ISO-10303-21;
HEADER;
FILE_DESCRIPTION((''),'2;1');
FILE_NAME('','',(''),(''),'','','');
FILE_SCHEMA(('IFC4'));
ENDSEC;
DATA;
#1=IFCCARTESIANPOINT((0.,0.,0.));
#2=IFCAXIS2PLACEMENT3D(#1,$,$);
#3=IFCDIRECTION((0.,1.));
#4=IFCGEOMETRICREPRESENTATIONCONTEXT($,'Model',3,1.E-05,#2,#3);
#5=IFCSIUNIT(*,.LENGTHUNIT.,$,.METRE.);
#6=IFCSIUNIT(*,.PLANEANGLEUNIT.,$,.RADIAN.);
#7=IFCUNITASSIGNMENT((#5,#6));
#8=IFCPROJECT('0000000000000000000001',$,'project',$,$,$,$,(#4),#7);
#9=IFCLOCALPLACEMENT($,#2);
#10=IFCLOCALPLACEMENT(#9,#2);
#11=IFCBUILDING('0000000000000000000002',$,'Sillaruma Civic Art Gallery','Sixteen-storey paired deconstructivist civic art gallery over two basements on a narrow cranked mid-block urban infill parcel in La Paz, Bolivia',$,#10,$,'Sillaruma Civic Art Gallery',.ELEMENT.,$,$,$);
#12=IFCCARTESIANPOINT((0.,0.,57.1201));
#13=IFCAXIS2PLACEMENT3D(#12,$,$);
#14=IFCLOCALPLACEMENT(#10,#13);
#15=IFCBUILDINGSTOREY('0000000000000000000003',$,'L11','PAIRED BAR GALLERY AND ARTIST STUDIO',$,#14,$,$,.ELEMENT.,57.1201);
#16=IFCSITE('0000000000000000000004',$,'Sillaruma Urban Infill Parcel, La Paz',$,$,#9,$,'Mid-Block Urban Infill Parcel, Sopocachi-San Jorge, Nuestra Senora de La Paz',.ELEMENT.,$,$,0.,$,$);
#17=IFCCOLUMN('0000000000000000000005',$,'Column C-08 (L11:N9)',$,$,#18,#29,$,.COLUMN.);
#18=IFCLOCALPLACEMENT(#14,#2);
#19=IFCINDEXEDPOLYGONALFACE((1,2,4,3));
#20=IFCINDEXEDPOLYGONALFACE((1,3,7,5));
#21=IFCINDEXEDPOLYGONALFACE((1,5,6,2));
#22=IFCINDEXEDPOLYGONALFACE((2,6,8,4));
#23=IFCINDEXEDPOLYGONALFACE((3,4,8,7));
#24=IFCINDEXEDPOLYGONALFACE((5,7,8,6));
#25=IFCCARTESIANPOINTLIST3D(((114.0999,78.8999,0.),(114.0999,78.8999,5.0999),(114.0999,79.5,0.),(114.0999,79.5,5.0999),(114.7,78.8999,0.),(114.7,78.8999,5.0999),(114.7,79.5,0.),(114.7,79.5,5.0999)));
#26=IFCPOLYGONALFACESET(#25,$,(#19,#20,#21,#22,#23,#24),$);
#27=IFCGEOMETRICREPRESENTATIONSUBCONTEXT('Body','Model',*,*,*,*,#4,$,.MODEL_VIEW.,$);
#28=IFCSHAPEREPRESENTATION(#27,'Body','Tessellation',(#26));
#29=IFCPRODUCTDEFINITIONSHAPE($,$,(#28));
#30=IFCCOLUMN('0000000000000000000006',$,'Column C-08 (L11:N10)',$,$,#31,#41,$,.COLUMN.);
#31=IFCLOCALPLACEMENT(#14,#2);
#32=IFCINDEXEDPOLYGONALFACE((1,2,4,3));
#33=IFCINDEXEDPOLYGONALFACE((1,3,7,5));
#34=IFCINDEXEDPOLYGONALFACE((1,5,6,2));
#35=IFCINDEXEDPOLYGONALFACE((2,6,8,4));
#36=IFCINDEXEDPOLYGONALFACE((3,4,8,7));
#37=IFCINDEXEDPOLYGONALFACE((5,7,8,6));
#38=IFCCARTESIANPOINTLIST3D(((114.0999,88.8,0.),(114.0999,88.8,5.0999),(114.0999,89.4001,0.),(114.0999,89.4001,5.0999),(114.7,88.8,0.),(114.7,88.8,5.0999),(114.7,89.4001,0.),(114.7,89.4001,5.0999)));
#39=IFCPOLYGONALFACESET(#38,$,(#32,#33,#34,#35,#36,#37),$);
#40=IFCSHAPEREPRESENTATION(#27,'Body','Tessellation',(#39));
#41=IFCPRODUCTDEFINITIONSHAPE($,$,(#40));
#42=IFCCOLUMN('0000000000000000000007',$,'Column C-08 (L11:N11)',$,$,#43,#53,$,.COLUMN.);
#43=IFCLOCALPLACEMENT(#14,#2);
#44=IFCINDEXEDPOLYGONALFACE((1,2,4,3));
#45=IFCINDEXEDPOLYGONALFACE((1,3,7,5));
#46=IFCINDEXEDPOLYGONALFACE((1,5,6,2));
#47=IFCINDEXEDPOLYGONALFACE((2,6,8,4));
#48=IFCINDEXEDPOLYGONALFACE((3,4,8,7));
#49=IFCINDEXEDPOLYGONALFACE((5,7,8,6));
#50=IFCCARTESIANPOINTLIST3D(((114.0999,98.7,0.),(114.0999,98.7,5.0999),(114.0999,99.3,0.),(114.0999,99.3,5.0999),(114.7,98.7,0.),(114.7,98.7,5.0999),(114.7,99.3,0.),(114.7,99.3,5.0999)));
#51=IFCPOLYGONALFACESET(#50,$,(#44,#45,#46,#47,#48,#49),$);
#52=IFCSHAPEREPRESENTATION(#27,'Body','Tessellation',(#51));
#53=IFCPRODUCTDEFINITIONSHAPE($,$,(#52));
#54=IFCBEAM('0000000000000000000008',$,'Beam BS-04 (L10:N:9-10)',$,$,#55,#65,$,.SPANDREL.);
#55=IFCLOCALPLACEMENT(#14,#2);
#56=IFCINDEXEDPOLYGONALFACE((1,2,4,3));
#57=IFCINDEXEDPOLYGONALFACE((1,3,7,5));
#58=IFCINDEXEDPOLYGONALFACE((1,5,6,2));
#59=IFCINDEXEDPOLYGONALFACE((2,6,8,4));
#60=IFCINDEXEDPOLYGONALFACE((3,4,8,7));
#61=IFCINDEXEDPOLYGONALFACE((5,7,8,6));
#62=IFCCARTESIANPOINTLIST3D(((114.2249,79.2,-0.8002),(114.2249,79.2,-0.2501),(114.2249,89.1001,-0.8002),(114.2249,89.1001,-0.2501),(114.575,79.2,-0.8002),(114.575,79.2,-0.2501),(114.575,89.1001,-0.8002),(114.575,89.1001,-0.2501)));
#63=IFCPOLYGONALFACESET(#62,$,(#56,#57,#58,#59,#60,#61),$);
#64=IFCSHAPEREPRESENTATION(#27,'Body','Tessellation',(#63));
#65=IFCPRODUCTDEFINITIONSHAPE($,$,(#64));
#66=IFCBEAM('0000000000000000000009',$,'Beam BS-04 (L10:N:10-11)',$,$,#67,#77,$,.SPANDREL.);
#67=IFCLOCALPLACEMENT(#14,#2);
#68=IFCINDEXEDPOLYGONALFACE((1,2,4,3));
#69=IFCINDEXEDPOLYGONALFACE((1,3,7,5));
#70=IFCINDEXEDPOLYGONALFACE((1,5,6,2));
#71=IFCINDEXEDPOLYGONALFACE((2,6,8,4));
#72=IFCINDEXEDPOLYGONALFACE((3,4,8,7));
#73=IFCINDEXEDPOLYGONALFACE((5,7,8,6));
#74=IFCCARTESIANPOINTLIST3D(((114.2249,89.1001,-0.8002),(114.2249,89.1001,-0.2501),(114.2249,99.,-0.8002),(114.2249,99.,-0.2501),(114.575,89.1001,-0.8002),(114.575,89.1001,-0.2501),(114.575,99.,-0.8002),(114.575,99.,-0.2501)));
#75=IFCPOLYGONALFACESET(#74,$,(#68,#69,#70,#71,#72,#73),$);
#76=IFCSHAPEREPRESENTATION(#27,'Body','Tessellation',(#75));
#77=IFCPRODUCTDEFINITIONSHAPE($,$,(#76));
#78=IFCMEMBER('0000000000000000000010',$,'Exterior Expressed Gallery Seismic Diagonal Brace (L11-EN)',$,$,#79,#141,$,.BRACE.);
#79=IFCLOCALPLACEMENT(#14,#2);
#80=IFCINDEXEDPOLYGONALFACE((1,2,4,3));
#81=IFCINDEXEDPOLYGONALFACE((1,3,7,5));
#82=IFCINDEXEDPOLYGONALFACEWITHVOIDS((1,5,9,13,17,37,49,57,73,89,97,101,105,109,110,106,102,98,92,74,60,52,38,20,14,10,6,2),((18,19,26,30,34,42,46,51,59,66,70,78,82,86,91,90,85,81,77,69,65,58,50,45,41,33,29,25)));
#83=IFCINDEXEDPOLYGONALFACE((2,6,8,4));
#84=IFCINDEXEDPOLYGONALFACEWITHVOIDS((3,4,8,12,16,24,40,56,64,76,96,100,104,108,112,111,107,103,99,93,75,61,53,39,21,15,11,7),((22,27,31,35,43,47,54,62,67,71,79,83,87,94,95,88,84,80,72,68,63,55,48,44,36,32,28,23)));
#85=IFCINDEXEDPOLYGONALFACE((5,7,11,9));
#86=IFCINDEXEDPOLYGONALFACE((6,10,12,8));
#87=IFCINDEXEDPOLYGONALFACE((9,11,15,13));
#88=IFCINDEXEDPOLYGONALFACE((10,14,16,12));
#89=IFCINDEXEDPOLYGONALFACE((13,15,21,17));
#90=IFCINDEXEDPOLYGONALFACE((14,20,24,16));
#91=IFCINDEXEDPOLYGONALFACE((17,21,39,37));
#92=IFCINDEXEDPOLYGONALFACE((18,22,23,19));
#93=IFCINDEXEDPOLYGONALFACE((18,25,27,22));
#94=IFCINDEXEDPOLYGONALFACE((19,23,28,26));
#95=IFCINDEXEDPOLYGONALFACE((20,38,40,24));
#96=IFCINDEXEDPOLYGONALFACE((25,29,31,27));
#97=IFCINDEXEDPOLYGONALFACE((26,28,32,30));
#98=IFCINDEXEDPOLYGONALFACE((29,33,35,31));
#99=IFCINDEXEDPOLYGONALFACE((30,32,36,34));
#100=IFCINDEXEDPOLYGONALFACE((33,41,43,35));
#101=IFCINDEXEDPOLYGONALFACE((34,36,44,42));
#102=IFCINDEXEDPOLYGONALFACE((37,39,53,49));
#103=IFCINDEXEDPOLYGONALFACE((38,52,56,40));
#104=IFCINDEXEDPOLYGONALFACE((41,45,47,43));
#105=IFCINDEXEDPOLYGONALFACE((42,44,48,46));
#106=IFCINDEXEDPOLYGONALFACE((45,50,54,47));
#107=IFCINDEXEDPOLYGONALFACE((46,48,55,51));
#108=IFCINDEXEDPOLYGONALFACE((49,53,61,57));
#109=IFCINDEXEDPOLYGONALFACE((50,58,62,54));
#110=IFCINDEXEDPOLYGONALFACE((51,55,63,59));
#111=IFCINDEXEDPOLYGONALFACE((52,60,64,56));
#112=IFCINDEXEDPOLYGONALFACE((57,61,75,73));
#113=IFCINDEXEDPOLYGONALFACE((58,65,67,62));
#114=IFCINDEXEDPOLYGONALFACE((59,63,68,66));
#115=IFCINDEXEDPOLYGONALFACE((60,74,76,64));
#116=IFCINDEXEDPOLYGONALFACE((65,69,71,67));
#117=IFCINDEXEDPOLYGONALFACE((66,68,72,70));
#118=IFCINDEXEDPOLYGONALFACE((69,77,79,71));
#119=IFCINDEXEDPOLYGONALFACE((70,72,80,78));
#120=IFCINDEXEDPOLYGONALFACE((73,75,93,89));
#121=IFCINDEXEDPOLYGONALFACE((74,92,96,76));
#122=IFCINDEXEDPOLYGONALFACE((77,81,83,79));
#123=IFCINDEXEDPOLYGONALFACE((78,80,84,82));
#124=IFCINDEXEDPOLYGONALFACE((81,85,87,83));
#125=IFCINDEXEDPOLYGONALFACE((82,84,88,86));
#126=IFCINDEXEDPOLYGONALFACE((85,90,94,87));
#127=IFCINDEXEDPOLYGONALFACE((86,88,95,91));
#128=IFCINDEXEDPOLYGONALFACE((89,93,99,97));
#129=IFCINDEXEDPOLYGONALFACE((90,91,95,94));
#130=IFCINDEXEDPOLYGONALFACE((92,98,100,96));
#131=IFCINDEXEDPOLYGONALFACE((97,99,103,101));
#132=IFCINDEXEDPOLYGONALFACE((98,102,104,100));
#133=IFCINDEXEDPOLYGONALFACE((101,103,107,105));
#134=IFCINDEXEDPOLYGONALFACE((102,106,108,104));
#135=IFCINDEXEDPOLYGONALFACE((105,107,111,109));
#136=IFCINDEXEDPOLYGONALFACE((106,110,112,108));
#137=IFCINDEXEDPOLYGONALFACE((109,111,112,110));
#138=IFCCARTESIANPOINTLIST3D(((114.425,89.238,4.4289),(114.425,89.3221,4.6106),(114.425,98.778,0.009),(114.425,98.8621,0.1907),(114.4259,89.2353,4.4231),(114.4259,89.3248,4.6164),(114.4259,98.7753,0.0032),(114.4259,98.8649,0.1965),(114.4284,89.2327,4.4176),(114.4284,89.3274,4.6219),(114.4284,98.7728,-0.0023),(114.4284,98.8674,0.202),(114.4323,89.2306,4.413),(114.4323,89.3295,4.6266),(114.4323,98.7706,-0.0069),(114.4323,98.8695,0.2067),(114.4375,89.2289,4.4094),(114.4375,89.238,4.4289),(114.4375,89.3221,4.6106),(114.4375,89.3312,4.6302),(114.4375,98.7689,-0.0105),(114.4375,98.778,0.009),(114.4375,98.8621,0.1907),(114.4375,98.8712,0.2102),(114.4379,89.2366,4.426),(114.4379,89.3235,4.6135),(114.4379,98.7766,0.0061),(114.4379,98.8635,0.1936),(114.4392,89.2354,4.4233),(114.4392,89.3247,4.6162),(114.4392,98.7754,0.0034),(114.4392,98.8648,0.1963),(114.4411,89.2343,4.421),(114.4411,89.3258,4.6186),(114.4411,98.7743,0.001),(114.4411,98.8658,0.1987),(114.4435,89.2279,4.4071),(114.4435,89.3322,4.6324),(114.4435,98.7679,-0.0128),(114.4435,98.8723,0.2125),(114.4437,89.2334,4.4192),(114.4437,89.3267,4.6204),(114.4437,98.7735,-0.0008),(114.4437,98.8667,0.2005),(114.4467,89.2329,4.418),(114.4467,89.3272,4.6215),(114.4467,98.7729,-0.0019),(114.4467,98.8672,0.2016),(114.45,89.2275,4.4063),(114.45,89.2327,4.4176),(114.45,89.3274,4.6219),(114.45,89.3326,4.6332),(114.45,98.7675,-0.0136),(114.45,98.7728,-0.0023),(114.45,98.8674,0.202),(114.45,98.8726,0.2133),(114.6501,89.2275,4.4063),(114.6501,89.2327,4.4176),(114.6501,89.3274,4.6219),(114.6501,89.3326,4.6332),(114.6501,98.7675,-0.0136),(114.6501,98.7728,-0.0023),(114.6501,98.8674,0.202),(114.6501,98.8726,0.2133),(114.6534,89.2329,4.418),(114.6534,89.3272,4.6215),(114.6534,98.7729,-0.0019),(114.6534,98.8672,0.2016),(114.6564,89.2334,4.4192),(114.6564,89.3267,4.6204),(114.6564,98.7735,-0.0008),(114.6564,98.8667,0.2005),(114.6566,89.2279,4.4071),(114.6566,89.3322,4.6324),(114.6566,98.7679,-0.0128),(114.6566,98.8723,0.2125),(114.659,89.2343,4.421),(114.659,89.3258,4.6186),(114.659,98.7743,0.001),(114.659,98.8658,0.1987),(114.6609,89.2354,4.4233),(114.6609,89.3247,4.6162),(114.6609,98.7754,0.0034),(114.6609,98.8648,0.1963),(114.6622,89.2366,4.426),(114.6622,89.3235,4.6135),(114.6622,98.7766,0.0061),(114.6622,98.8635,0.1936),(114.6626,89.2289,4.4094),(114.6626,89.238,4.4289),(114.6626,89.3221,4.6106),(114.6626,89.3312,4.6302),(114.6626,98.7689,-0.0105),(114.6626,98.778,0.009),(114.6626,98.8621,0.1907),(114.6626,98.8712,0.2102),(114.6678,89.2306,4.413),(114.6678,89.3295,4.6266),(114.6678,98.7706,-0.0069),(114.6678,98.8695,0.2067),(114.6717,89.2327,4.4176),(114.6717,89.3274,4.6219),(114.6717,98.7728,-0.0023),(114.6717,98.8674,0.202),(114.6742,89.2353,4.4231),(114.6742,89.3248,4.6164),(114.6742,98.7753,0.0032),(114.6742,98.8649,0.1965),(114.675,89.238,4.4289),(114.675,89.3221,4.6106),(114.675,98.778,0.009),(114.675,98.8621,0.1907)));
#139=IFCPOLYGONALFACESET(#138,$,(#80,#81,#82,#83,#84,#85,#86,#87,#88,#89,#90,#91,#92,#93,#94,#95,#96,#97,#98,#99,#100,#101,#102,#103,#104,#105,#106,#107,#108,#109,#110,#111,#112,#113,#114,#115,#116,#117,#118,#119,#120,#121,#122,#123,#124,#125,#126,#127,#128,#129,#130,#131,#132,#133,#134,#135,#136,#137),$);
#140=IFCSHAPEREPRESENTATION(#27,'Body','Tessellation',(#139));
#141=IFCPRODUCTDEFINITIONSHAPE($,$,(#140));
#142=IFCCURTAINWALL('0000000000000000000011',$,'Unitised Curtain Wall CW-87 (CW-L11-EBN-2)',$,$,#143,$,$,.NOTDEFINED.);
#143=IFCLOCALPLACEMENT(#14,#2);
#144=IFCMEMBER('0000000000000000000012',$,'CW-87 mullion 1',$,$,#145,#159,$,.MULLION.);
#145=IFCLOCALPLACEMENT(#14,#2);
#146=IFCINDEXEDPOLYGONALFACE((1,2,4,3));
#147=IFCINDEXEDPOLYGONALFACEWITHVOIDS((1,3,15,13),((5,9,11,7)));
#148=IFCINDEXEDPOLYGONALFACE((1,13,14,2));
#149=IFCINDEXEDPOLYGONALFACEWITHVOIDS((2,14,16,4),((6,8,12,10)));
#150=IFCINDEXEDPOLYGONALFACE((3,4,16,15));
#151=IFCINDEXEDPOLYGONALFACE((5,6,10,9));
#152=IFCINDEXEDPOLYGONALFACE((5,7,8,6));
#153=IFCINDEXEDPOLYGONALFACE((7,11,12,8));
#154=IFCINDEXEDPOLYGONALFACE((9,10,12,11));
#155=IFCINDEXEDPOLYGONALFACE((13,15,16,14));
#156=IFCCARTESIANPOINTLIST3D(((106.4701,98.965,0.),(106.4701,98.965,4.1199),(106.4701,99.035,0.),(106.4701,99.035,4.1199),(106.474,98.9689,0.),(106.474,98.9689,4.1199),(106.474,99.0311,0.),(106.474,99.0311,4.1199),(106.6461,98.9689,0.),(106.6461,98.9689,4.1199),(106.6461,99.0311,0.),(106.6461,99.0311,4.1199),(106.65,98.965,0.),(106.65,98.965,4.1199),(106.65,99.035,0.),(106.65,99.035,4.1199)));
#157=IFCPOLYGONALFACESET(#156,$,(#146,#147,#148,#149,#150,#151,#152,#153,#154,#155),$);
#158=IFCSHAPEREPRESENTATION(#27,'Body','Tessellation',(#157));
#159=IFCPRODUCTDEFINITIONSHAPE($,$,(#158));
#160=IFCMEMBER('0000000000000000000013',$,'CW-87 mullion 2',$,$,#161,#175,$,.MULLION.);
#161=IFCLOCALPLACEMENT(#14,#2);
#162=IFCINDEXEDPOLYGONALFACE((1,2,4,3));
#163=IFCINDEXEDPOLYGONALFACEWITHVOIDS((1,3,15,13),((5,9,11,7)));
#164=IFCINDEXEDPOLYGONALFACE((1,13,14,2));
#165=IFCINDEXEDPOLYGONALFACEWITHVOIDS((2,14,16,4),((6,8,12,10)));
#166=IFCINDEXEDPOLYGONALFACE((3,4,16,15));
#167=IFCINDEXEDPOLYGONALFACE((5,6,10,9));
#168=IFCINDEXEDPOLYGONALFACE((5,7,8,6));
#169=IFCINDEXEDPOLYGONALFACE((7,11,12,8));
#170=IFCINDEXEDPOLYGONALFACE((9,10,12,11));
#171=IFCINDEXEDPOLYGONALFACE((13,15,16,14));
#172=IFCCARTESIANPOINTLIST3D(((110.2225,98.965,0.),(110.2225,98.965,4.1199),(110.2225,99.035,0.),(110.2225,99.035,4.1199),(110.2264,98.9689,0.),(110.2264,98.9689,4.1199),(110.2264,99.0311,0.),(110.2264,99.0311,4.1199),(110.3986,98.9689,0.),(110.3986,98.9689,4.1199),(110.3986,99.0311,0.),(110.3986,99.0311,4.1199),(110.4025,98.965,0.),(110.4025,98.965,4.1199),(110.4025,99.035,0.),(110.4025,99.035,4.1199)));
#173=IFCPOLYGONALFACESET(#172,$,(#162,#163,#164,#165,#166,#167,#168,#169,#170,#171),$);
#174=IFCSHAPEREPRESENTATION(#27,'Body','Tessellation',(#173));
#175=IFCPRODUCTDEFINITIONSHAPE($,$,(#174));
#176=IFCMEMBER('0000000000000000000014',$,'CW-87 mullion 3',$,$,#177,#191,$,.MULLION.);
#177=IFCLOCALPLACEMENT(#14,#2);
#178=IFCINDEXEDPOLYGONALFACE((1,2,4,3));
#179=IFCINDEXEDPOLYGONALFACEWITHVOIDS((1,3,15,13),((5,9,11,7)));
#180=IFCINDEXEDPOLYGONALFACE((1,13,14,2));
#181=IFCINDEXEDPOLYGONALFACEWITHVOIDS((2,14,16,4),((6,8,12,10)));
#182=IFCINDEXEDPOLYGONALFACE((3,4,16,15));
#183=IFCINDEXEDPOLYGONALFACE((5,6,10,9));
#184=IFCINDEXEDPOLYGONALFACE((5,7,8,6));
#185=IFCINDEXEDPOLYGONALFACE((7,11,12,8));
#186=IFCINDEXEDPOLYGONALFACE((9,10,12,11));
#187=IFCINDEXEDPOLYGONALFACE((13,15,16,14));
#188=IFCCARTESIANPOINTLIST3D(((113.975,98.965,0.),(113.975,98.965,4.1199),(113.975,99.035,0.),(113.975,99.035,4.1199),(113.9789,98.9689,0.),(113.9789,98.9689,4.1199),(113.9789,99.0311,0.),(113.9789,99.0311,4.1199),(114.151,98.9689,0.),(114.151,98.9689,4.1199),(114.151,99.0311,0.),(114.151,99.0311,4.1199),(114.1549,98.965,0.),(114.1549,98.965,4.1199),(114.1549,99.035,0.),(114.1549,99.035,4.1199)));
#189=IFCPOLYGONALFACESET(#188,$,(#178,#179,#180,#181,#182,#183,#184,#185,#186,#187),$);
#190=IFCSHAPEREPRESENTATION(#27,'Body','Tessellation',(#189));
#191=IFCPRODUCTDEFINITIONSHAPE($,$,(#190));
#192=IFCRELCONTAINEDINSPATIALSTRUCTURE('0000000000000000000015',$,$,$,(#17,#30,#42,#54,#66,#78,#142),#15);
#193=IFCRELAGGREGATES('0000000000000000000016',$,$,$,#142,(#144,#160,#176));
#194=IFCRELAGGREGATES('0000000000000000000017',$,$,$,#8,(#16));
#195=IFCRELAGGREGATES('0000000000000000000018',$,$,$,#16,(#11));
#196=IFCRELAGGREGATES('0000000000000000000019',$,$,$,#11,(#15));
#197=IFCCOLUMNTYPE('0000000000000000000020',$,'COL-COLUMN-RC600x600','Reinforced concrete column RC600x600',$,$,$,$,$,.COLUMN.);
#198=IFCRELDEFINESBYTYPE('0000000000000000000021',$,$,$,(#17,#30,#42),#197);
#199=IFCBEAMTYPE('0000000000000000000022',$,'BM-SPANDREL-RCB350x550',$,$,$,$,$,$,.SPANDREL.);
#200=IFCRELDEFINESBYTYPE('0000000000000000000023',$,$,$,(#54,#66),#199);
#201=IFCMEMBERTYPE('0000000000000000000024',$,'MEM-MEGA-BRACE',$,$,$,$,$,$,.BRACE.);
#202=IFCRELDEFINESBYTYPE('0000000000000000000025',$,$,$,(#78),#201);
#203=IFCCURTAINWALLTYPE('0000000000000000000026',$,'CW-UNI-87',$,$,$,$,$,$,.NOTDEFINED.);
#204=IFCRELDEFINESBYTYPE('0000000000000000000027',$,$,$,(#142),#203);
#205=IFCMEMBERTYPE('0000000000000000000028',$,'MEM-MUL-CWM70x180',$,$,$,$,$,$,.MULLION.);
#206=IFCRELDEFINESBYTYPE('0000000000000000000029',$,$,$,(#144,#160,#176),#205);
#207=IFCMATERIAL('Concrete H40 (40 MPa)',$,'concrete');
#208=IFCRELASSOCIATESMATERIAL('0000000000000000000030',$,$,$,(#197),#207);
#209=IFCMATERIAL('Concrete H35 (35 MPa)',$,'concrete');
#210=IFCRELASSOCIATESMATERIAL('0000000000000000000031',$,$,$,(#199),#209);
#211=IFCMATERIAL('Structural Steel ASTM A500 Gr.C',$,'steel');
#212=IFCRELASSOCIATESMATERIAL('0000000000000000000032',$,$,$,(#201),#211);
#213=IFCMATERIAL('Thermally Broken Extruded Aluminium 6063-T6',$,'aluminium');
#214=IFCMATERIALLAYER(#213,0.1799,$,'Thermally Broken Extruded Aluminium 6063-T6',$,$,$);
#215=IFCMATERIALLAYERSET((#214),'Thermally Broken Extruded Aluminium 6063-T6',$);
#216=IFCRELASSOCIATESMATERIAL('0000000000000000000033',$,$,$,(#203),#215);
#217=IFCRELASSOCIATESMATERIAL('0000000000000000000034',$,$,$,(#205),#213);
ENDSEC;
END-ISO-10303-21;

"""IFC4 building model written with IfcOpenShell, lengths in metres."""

from ifc_helpers import new_model, si_unit, direction, frame, origin, origin_2d, place, context, subcontext, project, spatial, rectangle, hollow_rectangle, extrude, material, layer, layer_set, material_profile, profile_set, type_object, element, aggregate, save


model = new_model("IFC4")

# Units and contexts
model_context = context("Model", 3, precision=1e-05, world=origin(), true_north=direction((0.0, 1.0)))
body_context = subcontext(model_context, "Body", "Model", "MODEL_VIEW")
ifc_project = project(units=[si_unit("LENGTHUNIT", "METRE"), si_unit("PLANEANGLEUNIT", "RADIAN")], contexts=[model_context])

# Site, building, storey
site_placement = place(None, origin())
site = spatial("IfcSite", under=ifc_project, at=site_placement, Name="Sillaruma Urban Infill Parcel, La Paz", LongName="Mid-Block Urban Infill Parcel, Sopocachi-San Jorge, Nuestra Senora de La Paz", CompositionType="ELEMENT", RefElevation=0.0)
building_placement = place(site_placement, origin())
building = spatial("IfcBuilding", under=site, at=building_placement, Name="Sillaruma Civic Art Gallery", Description="Sixteen-storey paired deconstructivist civic art gallery over two basements on a narrow cranked mid-block urban infill parcel in La Paz, Bolivia", LongName="Sillaruma Civic Art Gallery", CompositionType="ELEMENT")
storey_placement = place(building_placement, frame((0.0, 0.0, 57.1201)))
storey = spatial("IfcBuildingStorey", under=building, at=storey_placement, Name="L11", Description="PAIRED BAR GALLERY AND ARTIST STUDIO", CompositionType="ELEMENT", Elevation=57.1201)

# Columns
ifc_material_1 = material(Name="Concrete H40 (40 MPa)", Category="concrete")
ifc_material_profile_1 = material_profile(ifc_material_1, rectangle(XDim=0.6001, YDim=0.6001, at=origin_2d()), Name="RC600x600")
ifc_profile_set_1 = profile_set([ifc_material_profile_1], Name="Concrete H40 (40 MPa)")
column_type = type_object("IfcColumnType", Name="COL-COLUMN-RC600x600", Description="Reinforced concrete column RC600x600", PredefinedType="COLUMN", material=ifc_profile_set_1)
for number, where, z_axis, x_axis, name in (
    (1, (114.3999, 79.2, 0.0), (0.0, 0.0, 1.0), (1.0, 0.0, 0.0), "Column C-08 (L11:N9)"),
    (2, (114.3999, 89.1001, 0.0), (0.0, 0.0, 1.0), (1.0, 0.0, 0.0), "Column C-08 (L11:N10)"),
    (3, (114.3999, 99.0, 0.0), (0.0, 0.0, 1.0), (1.0, 0.0, 0.0), "Column C-08 (L11:N11)"),
):
    element("IfcColumn", number, at=place(storey_placement, frame(where, z_axis=z_axis, x_axis=x_axis)), inside=storey, type_object=column_type, Name=name, PredefinedType="COLUMN", context=body_context, shape_type="SweptSolid", body=[
        extrude(rectangle(XDim=0.6001, YDim=0.6001, at=origin_2d()), origin(), (0.0, 0.0, 1.0), 5.0999),
    ])

# Beams
ifc_material_2 = material(Name="Concrete H35 (35 MPa)", Category="concrete")
ifc_material_profile_2 = material_profile(ifc_material_2, rectangle(XDim=0.3501, YDim=0.55, at=origin_2d()), Name="RCB350x550")
ifc_profile_set_2 = profile_set([ifc_material_profile_2], Name="Concrete H35 (35 MPa)")
beam_type = type_object("IfcBeamType", Name="BM-SPANDREL-RCB350x550", PredefinedType="SPANDREL", material=ifc_profile_set_2)
beam_1_placement = place(storey_placement, frame((114.3999, 79.2, -0.5251), z_axis=(0.0, 1.0, 0.0), x_axis=(-1.0, 0.0, 0.0)))
element("IfcBeam", 4, at=beam_1_placement, inside=storey, type_object=beam_type, Name="Beam BS-04 (L10:N:9-10)", PredefinedType="SPANDREL", context=body_context, shape_type="SweptSolid", body=[
    extrude(rectangle(XDim=0.3501, YDim=0.55, at=origin_2d()), origin(), (0.0, 0.0, 1.0), 9.9001),
])
beam_2_placement = place(storey_placement, frame((114.3999, 89.1001, -0.5251), z_axis=(0.0, 1.0, 0.0), x_axis=(-1.0, 0.0, 0.0)))
element("IfcBeam", 5, at=beam_2_placement, inside=storey, type_object=beam_type, Name="Beam BS-04 (L10:N:10-11)", PredefinedType="SPANDREL", context=body_context, shape_type="SweptSolid", body=[
    extrude(rectangle(XDim=0.3501, YDim=0.55, at=origin_2d()), origin(), (0.0, 0.0, 1.0), 9.8999),
])

# Member
ifc_material_3 = material(Name="Structural Steel ASTM A500 Gr.C", Category="steel")
ifc_material_profile_3 = material_profile(ifc_material_3, hollow_rectangle(XDim=0.25, YDim=0.25, WallThickness=0.0125, InnerFilletRadius=0.0125, OuterFilletRadius=0.0249, at=origin_2d()), Name="HSS250x250x12.5")
ifc_profile_set_3 = profile_set([ifc_material_profile_3], Name="Structural Steel ASTM A500 Gr.C")
member_type_1 = type_object("IfcMemberType", Name="MEM-MEGA-BRACE", PredefinedType="BRACE", material=ifc_profile_set_3)
member_1_placement = place(storey_placement, frame((114.55, 98.8201, 0.0999), z_axis=(0.0, -0.907349, 0.420377), x_axis=(1.0, 0.0, 0.0)))
element("IfcMember", 6, at=member_1_placement, inside=storey, type_object=member_type_1, Name="Exterior Expressed Gallery Seismic Diagonal Brace (L11-EN)", PredefinedType="BRACE", context=body_context, shape_type="SweptSolid", body=[
    extrude(hollow_rectangle(XDim=0.25, YDim=0.25, WallThickness=0.0125, InnerFilletRadius=0.0125, OuterFilletRadius=0.0249, at=origin_2d()), origin(), (0.0, 0.0, 1.0), 10.5142),
])

# Curtain wall, members
ifc_material_4 = material(Name="Thermally Broken Extruded Aluminium 6063-T6", Category="aluminium")
ifc_layer_1 = layer(ifc_material_4, 0.1799, Name="Thermally Broken Extruded Aluminium 6063-T6")
ifc_layer_set_1 = layer_set([ifc_layer_1], Name="Thermally Broken Extruded Aluminium 6063-T6")
curtain_wall_type = type_object("IfcCurtainWallType", Name="CW-UNI-87", PredefinedType="NOTDEFINED", material=ifc_layer_set_1)
curtain_wall_placement = place(storey_placement, origin())
curtain_wall = element("IfcCurtainWall", 7, at=curtain_wall_placement, inside=storey, type_object=curtain_wall_type, Name="Unitised Curtain Wall CW-87 (CW-L11-EBN-2)", PredefinedType="NOTDEFINED")
ifc_material_profile_4 = material_profile(ifc_material_4, hollow_rectangle(XDim=0.0701, YDim=0.1799, WallThickness=0.0039, at=origin_2d()), Name="CWM70x180")
ifc_profile_set_4 = profile_set([ifc_material_profile_4], Name="Thermally Broken Extruded Aluminium 6063-T6")
member_type_2 = type_object("IfcMemberType", Name="MEM-MUL-CWM70x180", PredefinedType="MULLION", material=ifc_profile_set_4)
member_2_placement = place(storey_placement, frame((106.5601, 99.0, 0.0), z_axis=(0.0, 0.0, 1.0), x_axis=(0.0, 1.0, 0.0)))
member_2 = element("IfcMember", 8, at=member_2_placement, type_object=member_type_2, Name="CW-87 mullion 1", PredefinedType="MULLION", context=body_context, shape_type="SweptSolid", body=[
    extrude(hollow_rectangle(XDim=0.0701, YDim=0.1799, WallThickness=0.0039, at=origin_2d()), origin(), (0.0, 0.0, 1.0), 4.1199),
])
member_3_placement = place(storey_placement, frame((110.3125, 99.0, 0.0), z_axis=(0.0, 0.0, 1.0), x_axis=(0.0, 1.0, 0.0)))
member_3 = element("IfcMember", 9, at=member_3_placement, type_object=member_type_2, Name="CW-87 mullion 2", PredefinedType="MULLION", context=body_context, shape_type="SweptSolid", body=[
    extrude(hollow_rectangle(XDim=0.0701, YDim=0.1799, WallThickness=0.0039, at=origin_2d()), origin(), (0.0, 0.0, 1.0), 4.1199),
])
member_4_placement = place(storey_placement, frame((114.0649, 99.0, 0.0), z_axis=(0.0, 0.0, 1.0), x_axis=(0.0, 1.0, 0.0)))
member_4 = element("IfcMember", 10, at=member_4_placement, type_object=member_type_2, Name="CW-87 mullion 3", PredefinedType="MULLION", context=body_context, shape_type="SweptSolid", body=[
    extrude(hollow_rectangle(XDim=0.0701, YDim=0.1799, WallThickness=0.0039, at=origin_2d()), origin(), (0.0, 0.0, 1.0), 4.1199),
])
aggregate(curtain_wall, [member_2, member_3, member_4])

save(model, "model.ifc")
